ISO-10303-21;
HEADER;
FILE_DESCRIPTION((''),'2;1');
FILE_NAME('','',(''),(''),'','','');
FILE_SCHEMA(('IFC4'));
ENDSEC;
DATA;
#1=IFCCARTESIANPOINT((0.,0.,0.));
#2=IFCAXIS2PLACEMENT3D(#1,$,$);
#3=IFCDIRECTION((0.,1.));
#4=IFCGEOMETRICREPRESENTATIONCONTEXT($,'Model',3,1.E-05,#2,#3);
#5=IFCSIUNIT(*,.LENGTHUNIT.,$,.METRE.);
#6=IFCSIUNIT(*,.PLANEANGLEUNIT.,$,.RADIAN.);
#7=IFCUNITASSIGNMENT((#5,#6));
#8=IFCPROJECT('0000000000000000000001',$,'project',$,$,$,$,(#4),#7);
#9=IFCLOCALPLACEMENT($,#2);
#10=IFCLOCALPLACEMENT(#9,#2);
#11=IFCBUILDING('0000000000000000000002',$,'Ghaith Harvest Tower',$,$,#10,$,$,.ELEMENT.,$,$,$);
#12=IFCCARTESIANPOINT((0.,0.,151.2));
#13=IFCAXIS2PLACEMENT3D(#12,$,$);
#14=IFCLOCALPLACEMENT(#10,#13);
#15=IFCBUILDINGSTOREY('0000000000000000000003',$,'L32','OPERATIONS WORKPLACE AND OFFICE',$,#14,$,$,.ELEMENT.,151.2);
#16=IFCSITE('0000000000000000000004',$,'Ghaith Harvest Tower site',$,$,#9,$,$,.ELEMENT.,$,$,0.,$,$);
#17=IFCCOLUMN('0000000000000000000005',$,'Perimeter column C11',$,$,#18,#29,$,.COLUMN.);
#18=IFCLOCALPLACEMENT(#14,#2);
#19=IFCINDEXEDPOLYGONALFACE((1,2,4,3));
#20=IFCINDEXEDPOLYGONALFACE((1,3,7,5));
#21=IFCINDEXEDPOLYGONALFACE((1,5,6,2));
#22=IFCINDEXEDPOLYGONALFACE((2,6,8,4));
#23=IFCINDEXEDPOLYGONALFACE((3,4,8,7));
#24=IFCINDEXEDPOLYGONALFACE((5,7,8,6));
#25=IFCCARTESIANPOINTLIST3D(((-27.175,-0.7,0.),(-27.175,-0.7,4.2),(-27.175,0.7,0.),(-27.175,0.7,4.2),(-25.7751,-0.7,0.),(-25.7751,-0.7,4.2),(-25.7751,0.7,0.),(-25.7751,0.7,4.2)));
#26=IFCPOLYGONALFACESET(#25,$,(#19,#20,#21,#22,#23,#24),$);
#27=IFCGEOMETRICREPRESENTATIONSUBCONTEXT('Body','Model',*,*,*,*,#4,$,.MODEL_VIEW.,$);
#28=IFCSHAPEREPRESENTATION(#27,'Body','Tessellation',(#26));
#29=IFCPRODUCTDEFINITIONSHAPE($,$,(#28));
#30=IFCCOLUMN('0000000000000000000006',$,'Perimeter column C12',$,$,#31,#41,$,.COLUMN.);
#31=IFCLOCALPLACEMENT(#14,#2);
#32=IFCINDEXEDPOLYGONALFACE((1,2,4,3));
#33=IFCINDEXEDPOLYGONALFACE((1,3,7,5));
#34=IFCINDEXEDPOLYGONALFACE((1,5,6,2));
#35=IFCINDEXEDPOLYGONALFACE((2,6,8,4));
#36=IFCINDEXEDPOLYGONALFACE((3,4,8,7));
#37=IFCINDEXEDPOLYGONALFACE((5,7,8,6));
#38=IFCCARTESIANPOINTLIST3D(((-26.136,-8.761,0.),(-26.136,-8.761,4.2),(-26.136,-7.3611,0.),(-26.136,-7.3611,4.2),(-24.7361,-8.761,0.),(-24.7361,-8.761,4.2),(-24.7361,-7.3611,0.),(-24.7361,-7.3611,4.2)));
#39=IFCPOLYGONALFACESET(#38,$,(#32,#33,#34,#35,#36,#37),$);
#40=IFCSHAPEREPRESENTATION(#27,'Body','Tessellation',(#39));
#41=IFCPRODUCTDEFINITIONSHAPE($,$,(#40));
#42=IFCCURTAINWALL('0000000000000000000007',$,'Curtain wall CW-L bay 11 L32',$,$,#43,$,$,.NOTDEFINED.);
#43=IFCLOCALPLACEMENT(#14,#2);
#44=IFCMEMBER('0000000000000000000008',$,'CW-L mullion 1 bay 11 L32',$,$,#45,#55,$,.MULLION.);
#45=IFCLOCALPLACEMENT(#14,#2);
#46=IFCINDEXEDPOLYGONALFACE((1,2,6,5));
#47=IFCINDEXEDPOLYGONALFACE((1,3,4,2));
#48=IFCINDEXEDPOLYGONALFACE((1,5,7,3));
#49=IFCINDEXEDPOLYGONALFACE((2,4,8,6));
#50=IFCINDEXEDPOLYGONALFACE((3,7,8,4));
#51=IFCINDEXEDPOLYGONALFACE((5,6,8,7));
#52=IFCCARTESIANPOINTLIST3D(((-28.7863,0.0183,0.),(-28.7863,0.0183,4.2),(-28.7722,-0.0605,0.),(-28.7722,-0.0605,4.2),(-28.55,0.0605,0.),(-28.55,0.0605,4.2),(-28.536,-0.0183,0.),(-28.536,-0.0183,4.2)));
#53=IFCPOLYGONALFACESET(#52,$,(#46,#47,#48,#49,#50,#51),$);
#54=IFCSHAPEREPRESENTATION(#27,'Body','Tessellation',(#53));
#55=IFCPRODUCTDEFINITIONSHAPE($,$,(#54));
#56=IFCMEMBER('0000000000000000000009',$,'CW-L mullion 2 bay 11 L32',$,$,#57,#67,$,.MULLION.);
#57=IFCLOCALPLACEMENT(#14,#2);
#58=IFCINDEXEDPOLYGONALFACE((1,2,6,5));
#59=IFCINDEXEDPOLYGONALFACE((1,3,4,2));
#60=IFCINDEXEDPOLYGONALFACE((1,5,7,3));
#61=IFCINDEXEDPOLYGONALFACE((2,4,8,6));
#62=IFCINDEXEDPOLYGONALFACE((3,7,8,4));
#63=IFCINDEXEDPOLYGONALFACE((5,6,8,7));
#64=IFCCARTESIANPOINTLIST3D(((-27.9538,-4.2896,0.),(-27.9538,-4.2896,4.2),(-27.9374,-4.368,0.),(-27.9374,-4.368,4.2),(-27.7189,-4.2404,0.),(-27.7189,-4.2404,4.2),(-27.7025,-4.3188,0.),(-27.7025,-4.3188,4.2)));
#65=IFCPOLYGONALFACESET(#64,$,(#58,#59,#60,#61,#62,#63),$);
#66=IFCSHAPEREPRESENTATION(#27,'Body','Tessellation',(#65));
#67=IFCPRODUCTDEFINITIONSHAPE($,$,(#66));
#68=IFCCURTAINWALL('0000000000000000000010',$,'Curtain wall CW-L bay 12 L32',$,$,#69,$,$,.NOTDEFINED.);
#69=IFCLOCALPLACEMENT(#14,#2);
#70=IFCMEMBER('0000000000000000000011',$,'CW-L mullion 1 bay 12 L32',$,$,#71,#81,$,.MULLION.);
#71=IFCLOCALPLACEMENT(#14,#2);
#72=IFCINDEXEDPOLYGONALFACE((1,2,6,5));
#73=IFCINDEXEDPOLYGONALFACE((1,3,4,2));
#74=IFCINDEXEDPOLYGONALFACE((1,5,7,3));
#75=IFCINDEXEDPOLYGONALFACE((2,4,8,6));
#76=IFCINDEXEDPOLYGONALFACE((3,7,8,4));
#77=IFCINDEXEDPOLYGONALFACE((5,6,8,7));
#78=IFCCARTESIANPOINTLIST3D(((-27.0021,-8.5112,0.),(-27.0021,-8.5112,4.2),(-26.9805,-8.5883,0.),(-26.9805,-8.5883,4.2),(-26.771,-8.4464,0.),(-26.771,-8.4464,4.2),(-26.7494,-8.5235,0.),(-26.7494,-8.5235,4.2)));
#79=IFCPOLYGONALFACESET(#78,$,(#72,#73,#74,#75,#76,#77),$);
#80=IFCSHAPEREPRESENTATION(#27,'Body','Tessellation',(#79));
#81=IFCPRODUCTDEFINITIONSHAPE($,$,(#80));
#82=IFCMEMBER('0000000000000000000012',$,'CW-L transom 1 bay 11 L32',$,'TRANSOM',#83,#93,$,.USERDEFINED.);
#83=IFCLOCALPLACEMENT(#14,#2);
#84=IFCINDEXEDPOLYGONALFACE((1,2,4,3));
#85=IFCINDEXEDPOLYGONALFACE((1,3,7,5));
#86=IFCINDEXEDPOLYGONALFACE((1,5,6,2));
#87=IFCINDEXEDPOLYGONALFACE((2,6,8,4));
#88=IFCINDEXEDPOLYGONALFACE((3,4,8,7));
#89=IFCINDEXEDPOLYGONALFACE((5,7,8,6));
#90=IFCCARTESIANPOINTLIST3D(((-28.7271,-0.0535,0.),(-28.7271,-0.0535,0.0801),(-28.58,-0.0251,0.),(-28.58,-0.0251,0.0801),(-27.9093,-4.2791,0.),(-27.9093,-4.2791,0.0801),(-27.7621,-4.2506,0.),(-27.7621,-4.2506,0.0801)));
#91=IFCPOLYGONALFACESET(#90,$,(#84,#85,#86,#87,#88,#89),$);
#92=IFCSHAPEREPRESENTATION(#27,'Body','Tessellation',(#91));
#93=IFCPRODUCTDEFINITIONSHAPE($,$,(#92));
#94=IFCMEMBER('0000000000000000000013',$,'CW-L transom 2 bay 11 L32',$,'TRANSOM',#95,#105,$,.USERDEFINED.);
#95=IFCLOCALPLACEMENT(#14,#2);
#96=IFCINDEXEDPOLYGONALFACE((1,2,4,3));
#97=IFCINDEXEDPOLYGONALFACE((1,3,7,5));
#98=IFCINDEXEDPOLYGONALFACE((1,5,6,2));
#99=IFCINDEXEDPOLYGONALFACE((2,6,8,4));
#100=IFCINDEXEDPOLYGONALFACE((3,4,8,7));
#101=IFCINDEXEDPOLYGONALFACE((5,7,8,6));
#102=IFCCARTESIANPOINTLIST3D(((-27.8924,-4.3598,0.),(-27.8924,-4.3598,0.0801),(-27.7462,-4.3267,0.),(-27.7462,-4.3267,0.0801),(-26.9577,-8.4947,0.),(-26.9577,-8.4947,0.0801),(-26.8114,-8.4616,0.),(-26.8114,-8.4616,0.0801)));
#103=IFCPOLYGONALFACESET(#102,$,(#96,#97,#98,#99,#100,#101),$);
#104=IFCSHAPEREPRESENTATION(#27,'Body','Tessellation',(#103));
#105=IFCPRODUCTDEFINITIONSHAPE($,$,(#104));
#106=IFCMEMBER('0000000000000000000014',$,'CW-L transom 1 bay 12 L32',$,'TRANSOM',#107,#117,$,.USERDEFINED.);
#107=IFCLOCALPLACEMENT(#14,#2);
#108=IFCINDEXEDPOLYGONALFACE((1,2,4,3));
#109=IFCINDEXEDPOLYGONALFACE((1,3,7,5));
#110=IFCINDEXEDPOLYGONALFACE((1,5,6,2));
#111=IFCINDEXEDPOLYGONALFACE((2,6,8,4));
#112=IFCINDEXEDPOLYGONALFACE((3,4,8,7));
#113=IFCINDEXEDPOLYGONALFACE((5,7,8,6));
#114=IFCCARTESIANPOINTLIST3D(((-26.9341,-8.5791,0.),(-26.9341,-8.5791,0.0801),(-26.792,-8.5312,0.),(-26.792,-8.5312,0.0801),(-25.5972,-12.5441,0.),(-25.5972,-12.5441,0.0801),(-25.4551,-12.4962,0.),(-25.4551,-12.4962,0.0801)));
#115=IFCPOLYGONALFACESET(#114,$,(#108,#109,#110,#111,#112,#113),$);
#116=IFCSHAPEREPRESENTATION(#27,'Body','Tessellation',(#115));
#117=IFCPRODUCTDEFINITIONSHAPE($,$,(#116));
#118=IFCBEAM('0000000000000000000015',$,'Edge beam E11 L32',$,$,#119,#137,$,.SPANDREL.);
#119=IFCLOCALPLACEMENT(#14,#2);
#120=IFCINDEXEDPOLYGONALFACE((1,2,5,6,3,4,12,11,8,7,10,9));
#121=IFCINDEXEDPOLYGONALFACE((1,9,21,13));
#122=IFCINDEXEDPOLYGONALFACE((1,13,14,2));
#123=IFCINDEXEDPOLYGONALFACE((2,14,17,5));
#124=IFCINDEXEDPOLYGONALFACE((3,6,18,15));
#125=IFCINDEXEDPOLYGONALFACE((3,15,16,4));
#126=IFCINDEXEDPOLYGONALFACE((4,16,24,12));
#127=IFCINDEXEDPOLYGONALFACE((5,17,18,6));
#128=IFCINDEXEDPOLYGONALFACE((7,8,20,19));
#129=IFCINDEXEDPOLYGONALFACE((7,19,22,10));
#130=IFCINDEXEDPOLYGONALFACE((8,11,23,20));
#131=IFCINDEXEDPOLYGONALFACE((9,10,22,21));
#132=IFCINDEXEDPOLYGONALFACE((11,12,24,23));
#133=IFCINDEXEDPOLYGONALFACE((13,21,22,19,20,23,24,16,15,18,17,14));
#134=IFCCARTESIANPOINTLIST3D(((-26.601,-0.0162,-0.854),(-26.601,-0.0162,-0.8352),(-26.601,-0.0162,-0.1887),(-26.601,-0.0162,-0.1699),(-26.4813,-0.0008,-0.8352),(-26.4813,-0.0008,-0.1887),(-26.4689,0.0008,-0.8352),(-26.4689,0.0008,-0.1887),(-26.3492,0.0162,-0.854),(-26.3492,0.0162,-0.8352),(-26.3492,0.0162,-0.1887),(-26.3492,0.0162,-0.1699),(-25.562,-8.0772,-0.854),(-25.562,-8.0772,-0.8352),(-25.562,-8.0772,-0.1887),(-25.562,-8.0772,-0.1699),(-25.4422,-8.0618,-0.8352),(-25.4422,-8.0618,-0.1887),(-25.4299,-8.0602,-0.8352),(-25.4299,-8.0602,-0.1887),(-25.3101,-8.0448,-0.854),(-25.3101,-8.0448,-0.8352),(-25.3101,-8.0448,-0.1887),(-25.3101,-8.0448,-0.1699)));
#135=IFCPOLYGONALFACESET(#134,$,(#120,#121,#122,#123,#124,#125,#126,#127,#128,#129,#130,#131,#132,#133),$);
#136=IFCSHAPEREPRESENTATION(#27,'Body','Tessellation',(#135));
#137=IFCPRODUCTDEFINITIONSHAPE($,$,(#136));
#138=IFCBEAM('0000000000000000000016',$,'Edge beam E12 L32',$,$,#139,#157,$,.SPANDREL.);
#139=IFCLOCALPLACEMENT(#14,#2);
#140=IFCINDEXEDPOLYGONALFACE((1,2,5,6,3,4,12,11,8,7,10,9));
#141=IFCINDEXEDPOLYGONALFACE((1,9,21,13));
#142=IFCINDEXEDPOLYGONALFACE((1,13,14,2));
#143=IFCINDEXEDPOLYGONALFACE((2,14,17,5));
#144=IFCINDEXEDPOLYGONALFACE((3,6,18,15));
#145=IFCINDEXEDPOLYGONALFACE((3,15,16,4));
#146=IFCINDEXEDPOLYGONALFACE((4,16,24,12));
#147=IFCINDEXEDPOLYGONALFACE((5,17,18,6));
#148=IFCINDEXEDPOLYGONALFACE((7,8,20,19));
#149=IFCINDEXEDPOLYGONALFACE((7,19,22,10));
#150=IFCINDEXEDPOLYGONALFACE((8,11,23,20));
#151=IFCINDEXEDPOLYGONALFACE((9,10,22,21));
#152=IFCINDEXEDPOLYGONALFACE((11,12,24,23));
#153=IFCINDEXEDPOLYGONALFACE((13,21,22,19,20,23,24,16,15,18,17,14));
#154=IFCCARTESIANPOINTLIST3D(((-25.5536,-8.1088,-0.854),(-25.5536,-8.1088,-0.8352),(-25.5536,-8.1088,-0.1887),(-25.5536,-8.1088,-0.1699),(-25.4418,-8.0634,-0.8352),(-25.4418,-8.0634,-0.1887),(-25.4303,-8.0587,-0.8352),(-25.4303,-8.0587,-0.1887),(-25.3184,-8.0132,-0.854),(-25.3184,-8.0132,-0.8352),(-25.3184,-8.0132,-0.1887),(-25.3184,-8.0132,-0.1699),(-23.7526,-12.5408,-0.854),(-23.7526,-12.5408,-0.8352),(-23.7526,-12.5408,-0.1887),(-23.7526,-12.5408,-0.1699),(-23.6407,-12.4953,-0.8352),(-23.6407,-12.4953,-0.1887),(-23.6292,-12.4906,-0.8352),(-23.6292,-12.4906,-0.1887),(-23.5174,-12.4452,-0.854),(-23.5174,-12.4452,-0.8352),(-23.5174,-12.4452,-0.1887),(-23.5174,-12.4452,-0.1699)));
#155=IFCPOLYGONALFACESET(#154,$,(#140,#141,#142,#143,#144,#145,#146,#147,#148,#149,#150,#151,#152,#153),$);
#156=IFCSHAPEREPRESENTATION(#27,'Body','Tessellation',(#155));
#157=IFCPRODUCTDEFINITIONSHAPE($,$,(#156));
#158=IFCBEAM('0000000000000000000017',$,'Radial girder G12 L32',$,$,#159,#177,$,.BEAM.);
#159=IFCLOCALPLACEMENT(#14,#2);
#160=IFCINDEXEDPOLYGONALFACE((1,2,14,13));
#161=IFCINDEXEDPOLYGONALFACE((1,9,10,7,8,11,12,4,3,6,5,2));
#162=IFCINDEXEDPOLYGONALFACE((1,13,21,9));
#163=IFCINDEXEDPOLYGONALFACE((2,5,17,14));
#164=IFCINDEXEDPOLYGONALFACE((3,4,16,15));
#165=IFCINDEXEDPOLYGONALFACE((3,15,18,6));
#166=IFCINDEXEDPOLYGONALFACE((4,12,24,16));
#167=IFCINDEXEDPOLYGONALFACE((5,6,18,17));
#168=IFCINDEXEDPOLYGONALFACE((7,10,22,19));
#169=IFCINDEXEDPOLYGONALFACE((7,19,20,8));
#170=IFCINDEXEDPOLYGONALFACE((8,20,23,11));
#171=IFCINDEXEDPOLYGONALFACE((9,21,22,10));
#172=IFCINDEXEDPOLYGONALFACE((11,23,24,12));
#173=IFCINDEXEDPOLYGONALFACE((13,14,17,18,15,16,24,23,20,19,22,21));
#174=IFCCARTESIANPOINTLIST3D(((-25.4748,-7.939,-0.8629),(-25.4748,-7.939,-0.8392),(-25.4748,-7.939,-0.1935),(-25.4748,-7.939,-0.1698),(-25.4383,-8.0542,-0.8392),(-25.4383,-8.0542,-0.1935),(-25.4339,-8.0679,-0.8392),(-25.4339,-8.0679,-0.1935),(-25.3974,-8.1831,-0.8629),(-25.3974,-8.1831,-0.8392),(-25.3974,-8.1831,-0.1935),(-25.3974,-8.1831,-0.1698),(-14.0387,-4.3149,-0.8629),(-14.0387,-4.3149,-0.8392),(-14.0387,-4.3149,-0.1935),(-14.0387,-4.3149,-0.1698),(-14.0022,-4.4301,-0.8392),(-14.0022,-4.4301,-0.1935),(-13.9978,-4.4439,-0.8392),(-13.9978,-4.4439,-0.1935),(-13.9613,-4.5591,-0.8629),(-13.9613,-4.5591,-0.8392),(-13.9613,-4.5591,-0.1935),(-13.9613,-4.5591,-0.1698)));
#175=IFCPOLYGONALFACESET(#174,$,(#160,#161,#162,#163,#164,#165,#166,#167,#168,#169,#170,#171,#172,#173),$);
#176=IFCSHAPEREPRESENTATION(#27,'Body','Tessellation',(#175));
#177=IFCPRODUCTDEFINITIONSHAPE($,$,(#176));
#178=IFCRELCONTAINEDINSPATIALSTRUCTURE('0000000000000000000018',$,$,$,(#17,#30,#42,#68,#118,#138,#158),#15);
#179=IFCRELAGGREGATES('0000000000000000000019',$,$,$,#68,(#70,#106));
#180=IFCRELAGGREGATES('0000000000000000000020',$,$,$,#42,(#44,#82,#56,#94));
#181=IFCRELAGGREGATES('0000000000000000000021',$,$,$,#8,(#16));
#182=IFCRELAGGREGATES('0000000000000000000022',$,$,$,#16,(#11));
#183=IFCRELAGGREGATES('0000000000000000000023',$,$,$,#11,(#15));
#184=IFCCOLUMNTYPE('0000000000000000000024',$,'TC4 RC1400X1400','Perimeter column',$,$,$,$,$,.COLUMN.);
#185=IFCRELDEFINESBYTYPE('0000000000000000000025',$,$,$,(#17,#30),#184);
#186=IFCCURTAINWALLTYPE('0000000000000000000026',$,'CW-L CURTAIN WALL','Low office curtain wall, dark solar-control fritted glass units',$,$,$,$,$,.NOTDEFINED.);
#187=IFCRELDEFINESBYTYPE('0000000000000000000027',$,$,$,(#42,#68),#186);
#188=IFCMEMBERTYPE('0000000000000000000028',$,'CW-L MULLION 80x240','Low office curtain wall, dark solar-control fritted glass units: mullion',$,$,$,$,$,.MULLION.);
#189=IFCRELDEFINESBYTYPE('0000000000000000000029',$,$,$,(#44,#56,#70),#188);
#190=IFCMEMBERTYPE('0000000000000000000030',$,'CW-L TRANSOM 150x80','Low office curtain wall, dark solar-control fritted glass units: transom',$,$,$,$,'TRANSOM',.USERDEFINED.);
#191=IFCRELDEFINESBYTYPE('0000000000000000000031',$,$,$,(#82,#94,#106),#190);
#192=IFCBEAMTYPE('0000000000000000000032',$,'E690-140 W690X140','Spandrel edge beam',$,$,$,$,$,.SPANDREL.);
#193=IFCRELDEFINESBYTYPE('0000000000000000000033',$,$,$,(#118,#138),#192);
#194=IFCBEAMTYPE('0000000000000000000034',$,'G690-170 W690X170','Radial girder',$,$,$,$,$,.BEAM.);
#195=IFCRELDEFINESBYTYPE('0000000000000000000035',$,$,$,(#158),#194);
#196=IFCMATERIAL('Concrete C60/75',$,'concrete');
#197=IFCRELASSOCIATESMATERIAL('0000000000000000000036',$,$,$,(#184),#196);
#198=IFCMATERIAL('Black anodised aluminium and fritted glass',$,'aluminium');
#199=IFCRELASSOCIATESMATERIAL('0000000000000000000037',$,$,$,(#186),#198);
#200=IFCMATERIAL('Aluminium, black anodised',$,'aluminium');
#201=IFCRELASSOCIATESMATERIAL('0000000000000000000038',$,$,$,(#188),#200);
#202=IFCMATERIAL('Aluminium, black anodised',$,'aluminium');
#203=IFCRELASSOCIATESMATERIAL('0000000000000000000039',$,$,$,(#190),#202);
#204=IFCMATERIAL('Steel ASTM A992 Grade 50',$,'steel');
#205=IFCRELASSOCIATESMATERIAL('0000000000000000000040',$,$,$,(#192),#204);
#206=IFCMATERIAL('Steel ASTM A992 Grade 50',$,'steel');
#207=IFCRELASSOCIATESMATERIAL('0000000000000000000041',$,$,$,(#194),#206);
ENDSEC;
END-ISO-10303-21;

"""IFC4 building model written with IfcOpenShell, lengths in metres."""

from ifc_helpers import new_model, si_unit, direction, frame, origin, origin_2d, place, context, subcontext, project, spatial, rectangle, i_section, extrude, material, material_profile, profile_set, type_object, element, aggregate, save


model = new_model("IFC4")

# Units and contexts
model_context = context("Model", 3, precision=1e-05, world=origin(), true_north=direction((0.0, 1.0)))
body_context = subcontext(model_context, "Body", "Model", "MODEL_VIEW")
ifc_project = project(units=[si_unit("LENGTHUNIT", "METRE"), si_unit("PLANEANGLEUNIT", "RADIAN")], contexts=[model_context])

# Site, building, storey
site_placement = place(None, origin())
site = spatial("IfcSite", under=ifc_project, at=site_placement, Name="Ghaith Harvest Tower site", CompositionType="ELEMENT", RefElevation=0.0)
building_placement = place(site_placement, origin())
building = spatial("IfcBuilding", under=site, at=building_placement, Name="Ghaith Harvest Tower", CompositionType="ELEMENT")
storey_placement = place(building_placement, frame((0.0, 0.0, 151.2)))
storey = spatial("IfcBuildingStorey", under=building, at=storey_placement, Name="L32", Description="OPERATIONS WORKPLACE AND OFFICE", CompositionType="ELEMENT", Elevation=151.2)

# Columns
ifc_material_1 = material(Name="Concrete C60/75", Category="concrete")
ifc_material_profile_1 = material_profile(ifc_material_1, rectangle(XDim=1.3999, YDim=1.3999, at=origin_2d()), Name="RC1400X1400")
ifc_profile_set_1 = profile_set([ifc_material_profile_1], Name="Concrete C60/75")
column_type = type_object("IfcColumnType", Name="TC4 RC1400X1400", Description="Perimeter column", PredefinedType="COLUMN", material=ifc_profile_set_1)
for number, where, z_axis, x_axis, name in (
    (1, (-26.4751, 0.0, 0.0), (0.0, 0.0, 1.0), (1.0, 0.0, 0.0), "Perimeter column C11"),
    (2, (-25.436, -8.061, 0.0), (0.0, 0.0, 1.0), (1.0, 0.0, 0.0), "Perimeter column C12"),
):
    element("IfcColumn", number, at=place(storey_placement, frame(where, z_axis=z_axis, x_axis=x_axis)), inside=storey, type_object=column_type, Name=name, PredefinedType="COLUMN", context=body_context, shape_type="SweptSolid", body=[
        extrude(rectangle(XDim=1.3999, YDim=1.3999, at=origin_2d()), origin(), (0.0, 0.0, 1.0), 4.2),
    ])

# Curtain wall, members
ifc_material_2 = material(Name="Black anodised aluminium and fritted glass", Category="aluminium")
curtain_wall_type = type_object("IfcCurtainWallType", Name="CW-L CURTAIN WALL", Description="Low office curtain wall, dark solar-control fritted glass units", PredefinedType="NOTDEFINED", material=ifc_material_2)
curtain_wall_1_placement = place(storey_placement, origin())
curtain_wall_1 = element("IfcCurtainWall", 3, at=curtain_wall_1_placement, inside=storey, type_object=curtain_wall_type, Name="Curtain wall CW-L bay 11 L32", PredefinedType="NOTDEFINED")
ifc_material_3 = material(Name="Aluminium, black anodised", Category="aluminium")
ifc_material_profile_2 = material_profile(ifc_material_3, rectangle(XDim=0.0801, YDim=0.24, at=origin_2d()), Name="CW-L MULLION 80x240")
ifc_profile_set_2 = profile_set([ifc_material_profile_2], Name="Aluminium, black anodised")
member_type_1 = type_object("IfcMemberType", Name="CW-L MULLION 80x240", Description="Low office curtain wall, dark solar-control fritted glass units: mullion", PredefinedType="MULLION", material=ifc_profile_set_2)
member_1_placement = place(storey_placement, frame((-28.6611, 0.0, 0.0), z_axis=(0.0, 0.0, 1.0), x_axis=(0.175827, -0.984421, 0.0)))
member_1 = element("IfcMember", 4, at=member_1_placement, type_object=member_type_1, Name="CW-L mullion 1 bay 11 L32", PredefinedType="MULLION", context=body_context, shape_type="SweptSolid", body=[
    extrude(rectangle(XDim=0.0801, YDim=0.24, at=origin_2d()), origin(), (0.0, 0.0, 1.0), 4.2),
])
member_2_placement = place(storey_placement, frame((-27.8281, -4.3042, 0.0), z_axis=(0.0, 0.0, 1.0), x_axis=(0.205176, -0.978725, 0.0)))
member_2 = element("IfcMember", 5, at=member_2_placement, type_object=member_type_1, Name="CW-L mullion 2 bay 11 L32", PredefinedType="MULLION", context=body_context, shape_type="SweptSolid", body=[
    extrude(rectangle(XDim=0.0801, YDim=0.24, at=origin_2d()), origin(), (0.0, 0.0, 1.0), 4.2),
])

# Curtain wall, member
curtain_wall_2_placement = place(storey_placement, origin())
curtain_wall_2 = element("IfcCurtainWall", 6, at=curtain_wall_2_placement, inside=storey, type_object=curtain_wall_type, Name="Curtain wall CW-L bay 12 L32", PredefinedType="NOTDEFINED")
member_3_placement = place(storey_placement, frame((-26.8757, -8.5173, 0.0), z_axis=(0.0, 0.0, 1.0), x_axis=(0.270019, -0.962855, 0.0)))
member_3 = element("IfcMember", 7, at=member_3_placement, type_object=member_type_1, Name="CW-L mullion 1 bay 12 L32", PredefinedType="MULLION", context=body_context, shape_type="SweptSolid", body=[
    extrude(rectangle(XDim=0.0801, YDim=0.24, at=origin_2d()), origin(), (0.0, 0.0, 1.0), 4.2),
])

# Members
ifc_material_4 = material(Name="Aluminium, black anodised", Category="aluminium")
ifc_material_profile_3 = material_profile(ifc_material_4, rectangle(XDim=0.1499, YDim=0.0801, at=origin_2d()), Name="CW-L TRANSOM 150x80")
ifc_profile_set_3 = profile_set([ifc_material_profile_3], Name="Aluminium, black anodised")
member_type_2 = type_object("IfcMemberType", Name="CW-L TRANSOM 150x80", Description="Low office curtain wall, dark solar-control fritted glass units: transom", ElementType="TRANSOM", PredefinedType="USERDEFINED", material=ifc_profile_set_3)
member_4_placement = place(storey_placement, frame((-28.6536, -0.0393, 0.04), z_axis=(0.190025, -0.981779, 0.0), x_axis=(0.981779, 0.190025, 0.0)))
member_4 = element("IfcMember", 8, at=member_4_placement, type_object=member_type_2, Name="CW-L transom 1 bay 11 L32", ObjectType="TRANSOM", PredefinedType="USERDEFINED", context=body_context, shape_type="SweptSolid", body=[
    extrude(rectangle(XDim=0.1499, YDim=0.0801, at=origin_2d()), origin(), (0.0, 0.0, 1.0), 4.304),
])
member_5_placement = place(storey_placement, frame((-27.8193, -4.3433, 0.04), z_axis=(0.220508, -0.975385, 0.0), x_axis=(0.975385, 0.220508, 0.0)))
member_5 = element("IfcMember", 9, at=member_5_placement, type_object=member_type_2, Name="CW-L transom 2 bay 11 L32", ObjectType="TRANSOM", PredefinedType="USERDEFINED", context=body_context, shape_type="SweptSolid", body=[
    extrude(rectangle(XDim=0.1499, YDim=0.0801, at=origin_2d()), origin(), (0.0, 0.0, 1.0), 4.2393),
])
member_6_placement = place(storey_placement, frame((-26.863, -8.5552, 0.04), z_axis=(0.319499, -0.947587, 0.0), x_axis=(0.947587, 0.319499, 0.0)))
member_6 = element("IfcMember", 10, at=member_6_placement, type_object=member_type_2, Name="CW-L transom 1 bay 12 L32", ObjectType="TRANSOM", PredefinedType="USERDEFINED", context=body_context, shape_type="SweptSolid", body=[
    extrude(rectangle(XDim=0.1499, YDim=0.0801, at=origin_2d()), origin(), (0.0, 0.0, 1.0), 4.1843),
])
aggregate(curtain_wall_2, [member_3, member_6])

# Beams
ifc_material_5 = material(Name="Steel ASTM A992 Grade 50", Category="steel")
ifc_material_profile_4 = material_profile(ifc_material_5, i_section(OverallWidth=0.2539, OverallDepth=0.6841, WebThickness=0.0125, FlangeThickness=0.0188, at=origin_2d()), Name="W690X140")
ifc_profile_set_4 = profile_set([ifc_material_profile_4], Name="Steel ASTM A992 Grade 50")
beam_type_1 = type_object("IfcBeamType", Name="E690-140 W690X140", Description="Spandrel edge beam", PredefinedType="SPANDREL", material=ifc_profile_set_4)
beam_1_placement = place(storey_placement, frame((-26.4751, 0.0, -0.512), z_axis=(0.127842, -0.991795, 0.0), x_axis=(0.991795, 0.127842, 0.0)))
element("IfcBeam", 11, at=beam_1_placement, inside=storey, type_object=beam_type_1, Name="Edge beam E11 L32", PredefinedType="SPANDREL", context=body_context, shape_type="SweptSolid", body=[
    extrude(i_section(OverallWidth=0.2539, OverallDepth=0.6841, WebThickness=0.0125, FlangeThickness=0.0188, at=origin_2d()), origin(), (0.0, 0.0, 1.0), 8.1277),
])
beam_2_placement = place(storey_placement, frame((-25.436, -8.061, -0.512), z_axis=(0.37648, -0.926425, 0.0), x_axis=(0.926425, 0.37648, 0.0)))
element("IfcBeam", 12, at=beam_2_placement, inside=storey, type_object=beam_type_1, Name="Edge beam E12 L32", PredefinedType="SPANDREL", context=body_context, shape_type="SweptSolid", body=[
    extrude(i_section(OverallWidth=0.2539, OverallDepth=0.6841, WebThickness=0.0125, FlangeThickness=0.0188, at=origin_2d()), origin(), (0.0, 0.0, 1.0), 4.7839),
])
ifc_material_6 = material(Name="Steel ASTM A992 Grade 50", Category="steel")
ifc_material_profile_5 = material_profile(ifc_material_6, i_section(OverallWidth=0.2561, OverallDepth=0.6931, WebThickness=0.0144, FlangeThickness=0.0237, at=origin_2d()), Name="W690X170")
ifc_profile_set_5 = profile_set([ifc_material_profile_5], Name="Steel ASTM A992 Grade 50")
beam_type_2 = type_object("IfcBeamType", Name="G690-170 W690X170", Description="Radial girder", PredefinedType="BEAM", material=ifc_profile_set_5)
beam_3_placement = place(storey_placement, frame((-14.0, -4.437, -0.5164), z_axis=(-0.95328, -0.30209, 0.0), x_axis=(0.30209, -0.95328, 0.0)))
element("IfcBeam", 13, at=beam_3_placement, inside=storey, type_object=beam_type_2, Name="Radial girder G12 L32", PredefinedType="BEAM", context=body_context, shape_type="SweptSolid", body=[
    extrude(i_section(OverallWidth=0.2561, OverallDepth=0.6931, WebThickness=0.0144, FlangeThickness=0.0237, at=origin_2d()), origin(), (0.0, 0.0, 1.0), 11.9966),
])

aggregate(curtain_wall_1, [member_1, member_4, member_2, member_5])

save(model, "model.ifc")
